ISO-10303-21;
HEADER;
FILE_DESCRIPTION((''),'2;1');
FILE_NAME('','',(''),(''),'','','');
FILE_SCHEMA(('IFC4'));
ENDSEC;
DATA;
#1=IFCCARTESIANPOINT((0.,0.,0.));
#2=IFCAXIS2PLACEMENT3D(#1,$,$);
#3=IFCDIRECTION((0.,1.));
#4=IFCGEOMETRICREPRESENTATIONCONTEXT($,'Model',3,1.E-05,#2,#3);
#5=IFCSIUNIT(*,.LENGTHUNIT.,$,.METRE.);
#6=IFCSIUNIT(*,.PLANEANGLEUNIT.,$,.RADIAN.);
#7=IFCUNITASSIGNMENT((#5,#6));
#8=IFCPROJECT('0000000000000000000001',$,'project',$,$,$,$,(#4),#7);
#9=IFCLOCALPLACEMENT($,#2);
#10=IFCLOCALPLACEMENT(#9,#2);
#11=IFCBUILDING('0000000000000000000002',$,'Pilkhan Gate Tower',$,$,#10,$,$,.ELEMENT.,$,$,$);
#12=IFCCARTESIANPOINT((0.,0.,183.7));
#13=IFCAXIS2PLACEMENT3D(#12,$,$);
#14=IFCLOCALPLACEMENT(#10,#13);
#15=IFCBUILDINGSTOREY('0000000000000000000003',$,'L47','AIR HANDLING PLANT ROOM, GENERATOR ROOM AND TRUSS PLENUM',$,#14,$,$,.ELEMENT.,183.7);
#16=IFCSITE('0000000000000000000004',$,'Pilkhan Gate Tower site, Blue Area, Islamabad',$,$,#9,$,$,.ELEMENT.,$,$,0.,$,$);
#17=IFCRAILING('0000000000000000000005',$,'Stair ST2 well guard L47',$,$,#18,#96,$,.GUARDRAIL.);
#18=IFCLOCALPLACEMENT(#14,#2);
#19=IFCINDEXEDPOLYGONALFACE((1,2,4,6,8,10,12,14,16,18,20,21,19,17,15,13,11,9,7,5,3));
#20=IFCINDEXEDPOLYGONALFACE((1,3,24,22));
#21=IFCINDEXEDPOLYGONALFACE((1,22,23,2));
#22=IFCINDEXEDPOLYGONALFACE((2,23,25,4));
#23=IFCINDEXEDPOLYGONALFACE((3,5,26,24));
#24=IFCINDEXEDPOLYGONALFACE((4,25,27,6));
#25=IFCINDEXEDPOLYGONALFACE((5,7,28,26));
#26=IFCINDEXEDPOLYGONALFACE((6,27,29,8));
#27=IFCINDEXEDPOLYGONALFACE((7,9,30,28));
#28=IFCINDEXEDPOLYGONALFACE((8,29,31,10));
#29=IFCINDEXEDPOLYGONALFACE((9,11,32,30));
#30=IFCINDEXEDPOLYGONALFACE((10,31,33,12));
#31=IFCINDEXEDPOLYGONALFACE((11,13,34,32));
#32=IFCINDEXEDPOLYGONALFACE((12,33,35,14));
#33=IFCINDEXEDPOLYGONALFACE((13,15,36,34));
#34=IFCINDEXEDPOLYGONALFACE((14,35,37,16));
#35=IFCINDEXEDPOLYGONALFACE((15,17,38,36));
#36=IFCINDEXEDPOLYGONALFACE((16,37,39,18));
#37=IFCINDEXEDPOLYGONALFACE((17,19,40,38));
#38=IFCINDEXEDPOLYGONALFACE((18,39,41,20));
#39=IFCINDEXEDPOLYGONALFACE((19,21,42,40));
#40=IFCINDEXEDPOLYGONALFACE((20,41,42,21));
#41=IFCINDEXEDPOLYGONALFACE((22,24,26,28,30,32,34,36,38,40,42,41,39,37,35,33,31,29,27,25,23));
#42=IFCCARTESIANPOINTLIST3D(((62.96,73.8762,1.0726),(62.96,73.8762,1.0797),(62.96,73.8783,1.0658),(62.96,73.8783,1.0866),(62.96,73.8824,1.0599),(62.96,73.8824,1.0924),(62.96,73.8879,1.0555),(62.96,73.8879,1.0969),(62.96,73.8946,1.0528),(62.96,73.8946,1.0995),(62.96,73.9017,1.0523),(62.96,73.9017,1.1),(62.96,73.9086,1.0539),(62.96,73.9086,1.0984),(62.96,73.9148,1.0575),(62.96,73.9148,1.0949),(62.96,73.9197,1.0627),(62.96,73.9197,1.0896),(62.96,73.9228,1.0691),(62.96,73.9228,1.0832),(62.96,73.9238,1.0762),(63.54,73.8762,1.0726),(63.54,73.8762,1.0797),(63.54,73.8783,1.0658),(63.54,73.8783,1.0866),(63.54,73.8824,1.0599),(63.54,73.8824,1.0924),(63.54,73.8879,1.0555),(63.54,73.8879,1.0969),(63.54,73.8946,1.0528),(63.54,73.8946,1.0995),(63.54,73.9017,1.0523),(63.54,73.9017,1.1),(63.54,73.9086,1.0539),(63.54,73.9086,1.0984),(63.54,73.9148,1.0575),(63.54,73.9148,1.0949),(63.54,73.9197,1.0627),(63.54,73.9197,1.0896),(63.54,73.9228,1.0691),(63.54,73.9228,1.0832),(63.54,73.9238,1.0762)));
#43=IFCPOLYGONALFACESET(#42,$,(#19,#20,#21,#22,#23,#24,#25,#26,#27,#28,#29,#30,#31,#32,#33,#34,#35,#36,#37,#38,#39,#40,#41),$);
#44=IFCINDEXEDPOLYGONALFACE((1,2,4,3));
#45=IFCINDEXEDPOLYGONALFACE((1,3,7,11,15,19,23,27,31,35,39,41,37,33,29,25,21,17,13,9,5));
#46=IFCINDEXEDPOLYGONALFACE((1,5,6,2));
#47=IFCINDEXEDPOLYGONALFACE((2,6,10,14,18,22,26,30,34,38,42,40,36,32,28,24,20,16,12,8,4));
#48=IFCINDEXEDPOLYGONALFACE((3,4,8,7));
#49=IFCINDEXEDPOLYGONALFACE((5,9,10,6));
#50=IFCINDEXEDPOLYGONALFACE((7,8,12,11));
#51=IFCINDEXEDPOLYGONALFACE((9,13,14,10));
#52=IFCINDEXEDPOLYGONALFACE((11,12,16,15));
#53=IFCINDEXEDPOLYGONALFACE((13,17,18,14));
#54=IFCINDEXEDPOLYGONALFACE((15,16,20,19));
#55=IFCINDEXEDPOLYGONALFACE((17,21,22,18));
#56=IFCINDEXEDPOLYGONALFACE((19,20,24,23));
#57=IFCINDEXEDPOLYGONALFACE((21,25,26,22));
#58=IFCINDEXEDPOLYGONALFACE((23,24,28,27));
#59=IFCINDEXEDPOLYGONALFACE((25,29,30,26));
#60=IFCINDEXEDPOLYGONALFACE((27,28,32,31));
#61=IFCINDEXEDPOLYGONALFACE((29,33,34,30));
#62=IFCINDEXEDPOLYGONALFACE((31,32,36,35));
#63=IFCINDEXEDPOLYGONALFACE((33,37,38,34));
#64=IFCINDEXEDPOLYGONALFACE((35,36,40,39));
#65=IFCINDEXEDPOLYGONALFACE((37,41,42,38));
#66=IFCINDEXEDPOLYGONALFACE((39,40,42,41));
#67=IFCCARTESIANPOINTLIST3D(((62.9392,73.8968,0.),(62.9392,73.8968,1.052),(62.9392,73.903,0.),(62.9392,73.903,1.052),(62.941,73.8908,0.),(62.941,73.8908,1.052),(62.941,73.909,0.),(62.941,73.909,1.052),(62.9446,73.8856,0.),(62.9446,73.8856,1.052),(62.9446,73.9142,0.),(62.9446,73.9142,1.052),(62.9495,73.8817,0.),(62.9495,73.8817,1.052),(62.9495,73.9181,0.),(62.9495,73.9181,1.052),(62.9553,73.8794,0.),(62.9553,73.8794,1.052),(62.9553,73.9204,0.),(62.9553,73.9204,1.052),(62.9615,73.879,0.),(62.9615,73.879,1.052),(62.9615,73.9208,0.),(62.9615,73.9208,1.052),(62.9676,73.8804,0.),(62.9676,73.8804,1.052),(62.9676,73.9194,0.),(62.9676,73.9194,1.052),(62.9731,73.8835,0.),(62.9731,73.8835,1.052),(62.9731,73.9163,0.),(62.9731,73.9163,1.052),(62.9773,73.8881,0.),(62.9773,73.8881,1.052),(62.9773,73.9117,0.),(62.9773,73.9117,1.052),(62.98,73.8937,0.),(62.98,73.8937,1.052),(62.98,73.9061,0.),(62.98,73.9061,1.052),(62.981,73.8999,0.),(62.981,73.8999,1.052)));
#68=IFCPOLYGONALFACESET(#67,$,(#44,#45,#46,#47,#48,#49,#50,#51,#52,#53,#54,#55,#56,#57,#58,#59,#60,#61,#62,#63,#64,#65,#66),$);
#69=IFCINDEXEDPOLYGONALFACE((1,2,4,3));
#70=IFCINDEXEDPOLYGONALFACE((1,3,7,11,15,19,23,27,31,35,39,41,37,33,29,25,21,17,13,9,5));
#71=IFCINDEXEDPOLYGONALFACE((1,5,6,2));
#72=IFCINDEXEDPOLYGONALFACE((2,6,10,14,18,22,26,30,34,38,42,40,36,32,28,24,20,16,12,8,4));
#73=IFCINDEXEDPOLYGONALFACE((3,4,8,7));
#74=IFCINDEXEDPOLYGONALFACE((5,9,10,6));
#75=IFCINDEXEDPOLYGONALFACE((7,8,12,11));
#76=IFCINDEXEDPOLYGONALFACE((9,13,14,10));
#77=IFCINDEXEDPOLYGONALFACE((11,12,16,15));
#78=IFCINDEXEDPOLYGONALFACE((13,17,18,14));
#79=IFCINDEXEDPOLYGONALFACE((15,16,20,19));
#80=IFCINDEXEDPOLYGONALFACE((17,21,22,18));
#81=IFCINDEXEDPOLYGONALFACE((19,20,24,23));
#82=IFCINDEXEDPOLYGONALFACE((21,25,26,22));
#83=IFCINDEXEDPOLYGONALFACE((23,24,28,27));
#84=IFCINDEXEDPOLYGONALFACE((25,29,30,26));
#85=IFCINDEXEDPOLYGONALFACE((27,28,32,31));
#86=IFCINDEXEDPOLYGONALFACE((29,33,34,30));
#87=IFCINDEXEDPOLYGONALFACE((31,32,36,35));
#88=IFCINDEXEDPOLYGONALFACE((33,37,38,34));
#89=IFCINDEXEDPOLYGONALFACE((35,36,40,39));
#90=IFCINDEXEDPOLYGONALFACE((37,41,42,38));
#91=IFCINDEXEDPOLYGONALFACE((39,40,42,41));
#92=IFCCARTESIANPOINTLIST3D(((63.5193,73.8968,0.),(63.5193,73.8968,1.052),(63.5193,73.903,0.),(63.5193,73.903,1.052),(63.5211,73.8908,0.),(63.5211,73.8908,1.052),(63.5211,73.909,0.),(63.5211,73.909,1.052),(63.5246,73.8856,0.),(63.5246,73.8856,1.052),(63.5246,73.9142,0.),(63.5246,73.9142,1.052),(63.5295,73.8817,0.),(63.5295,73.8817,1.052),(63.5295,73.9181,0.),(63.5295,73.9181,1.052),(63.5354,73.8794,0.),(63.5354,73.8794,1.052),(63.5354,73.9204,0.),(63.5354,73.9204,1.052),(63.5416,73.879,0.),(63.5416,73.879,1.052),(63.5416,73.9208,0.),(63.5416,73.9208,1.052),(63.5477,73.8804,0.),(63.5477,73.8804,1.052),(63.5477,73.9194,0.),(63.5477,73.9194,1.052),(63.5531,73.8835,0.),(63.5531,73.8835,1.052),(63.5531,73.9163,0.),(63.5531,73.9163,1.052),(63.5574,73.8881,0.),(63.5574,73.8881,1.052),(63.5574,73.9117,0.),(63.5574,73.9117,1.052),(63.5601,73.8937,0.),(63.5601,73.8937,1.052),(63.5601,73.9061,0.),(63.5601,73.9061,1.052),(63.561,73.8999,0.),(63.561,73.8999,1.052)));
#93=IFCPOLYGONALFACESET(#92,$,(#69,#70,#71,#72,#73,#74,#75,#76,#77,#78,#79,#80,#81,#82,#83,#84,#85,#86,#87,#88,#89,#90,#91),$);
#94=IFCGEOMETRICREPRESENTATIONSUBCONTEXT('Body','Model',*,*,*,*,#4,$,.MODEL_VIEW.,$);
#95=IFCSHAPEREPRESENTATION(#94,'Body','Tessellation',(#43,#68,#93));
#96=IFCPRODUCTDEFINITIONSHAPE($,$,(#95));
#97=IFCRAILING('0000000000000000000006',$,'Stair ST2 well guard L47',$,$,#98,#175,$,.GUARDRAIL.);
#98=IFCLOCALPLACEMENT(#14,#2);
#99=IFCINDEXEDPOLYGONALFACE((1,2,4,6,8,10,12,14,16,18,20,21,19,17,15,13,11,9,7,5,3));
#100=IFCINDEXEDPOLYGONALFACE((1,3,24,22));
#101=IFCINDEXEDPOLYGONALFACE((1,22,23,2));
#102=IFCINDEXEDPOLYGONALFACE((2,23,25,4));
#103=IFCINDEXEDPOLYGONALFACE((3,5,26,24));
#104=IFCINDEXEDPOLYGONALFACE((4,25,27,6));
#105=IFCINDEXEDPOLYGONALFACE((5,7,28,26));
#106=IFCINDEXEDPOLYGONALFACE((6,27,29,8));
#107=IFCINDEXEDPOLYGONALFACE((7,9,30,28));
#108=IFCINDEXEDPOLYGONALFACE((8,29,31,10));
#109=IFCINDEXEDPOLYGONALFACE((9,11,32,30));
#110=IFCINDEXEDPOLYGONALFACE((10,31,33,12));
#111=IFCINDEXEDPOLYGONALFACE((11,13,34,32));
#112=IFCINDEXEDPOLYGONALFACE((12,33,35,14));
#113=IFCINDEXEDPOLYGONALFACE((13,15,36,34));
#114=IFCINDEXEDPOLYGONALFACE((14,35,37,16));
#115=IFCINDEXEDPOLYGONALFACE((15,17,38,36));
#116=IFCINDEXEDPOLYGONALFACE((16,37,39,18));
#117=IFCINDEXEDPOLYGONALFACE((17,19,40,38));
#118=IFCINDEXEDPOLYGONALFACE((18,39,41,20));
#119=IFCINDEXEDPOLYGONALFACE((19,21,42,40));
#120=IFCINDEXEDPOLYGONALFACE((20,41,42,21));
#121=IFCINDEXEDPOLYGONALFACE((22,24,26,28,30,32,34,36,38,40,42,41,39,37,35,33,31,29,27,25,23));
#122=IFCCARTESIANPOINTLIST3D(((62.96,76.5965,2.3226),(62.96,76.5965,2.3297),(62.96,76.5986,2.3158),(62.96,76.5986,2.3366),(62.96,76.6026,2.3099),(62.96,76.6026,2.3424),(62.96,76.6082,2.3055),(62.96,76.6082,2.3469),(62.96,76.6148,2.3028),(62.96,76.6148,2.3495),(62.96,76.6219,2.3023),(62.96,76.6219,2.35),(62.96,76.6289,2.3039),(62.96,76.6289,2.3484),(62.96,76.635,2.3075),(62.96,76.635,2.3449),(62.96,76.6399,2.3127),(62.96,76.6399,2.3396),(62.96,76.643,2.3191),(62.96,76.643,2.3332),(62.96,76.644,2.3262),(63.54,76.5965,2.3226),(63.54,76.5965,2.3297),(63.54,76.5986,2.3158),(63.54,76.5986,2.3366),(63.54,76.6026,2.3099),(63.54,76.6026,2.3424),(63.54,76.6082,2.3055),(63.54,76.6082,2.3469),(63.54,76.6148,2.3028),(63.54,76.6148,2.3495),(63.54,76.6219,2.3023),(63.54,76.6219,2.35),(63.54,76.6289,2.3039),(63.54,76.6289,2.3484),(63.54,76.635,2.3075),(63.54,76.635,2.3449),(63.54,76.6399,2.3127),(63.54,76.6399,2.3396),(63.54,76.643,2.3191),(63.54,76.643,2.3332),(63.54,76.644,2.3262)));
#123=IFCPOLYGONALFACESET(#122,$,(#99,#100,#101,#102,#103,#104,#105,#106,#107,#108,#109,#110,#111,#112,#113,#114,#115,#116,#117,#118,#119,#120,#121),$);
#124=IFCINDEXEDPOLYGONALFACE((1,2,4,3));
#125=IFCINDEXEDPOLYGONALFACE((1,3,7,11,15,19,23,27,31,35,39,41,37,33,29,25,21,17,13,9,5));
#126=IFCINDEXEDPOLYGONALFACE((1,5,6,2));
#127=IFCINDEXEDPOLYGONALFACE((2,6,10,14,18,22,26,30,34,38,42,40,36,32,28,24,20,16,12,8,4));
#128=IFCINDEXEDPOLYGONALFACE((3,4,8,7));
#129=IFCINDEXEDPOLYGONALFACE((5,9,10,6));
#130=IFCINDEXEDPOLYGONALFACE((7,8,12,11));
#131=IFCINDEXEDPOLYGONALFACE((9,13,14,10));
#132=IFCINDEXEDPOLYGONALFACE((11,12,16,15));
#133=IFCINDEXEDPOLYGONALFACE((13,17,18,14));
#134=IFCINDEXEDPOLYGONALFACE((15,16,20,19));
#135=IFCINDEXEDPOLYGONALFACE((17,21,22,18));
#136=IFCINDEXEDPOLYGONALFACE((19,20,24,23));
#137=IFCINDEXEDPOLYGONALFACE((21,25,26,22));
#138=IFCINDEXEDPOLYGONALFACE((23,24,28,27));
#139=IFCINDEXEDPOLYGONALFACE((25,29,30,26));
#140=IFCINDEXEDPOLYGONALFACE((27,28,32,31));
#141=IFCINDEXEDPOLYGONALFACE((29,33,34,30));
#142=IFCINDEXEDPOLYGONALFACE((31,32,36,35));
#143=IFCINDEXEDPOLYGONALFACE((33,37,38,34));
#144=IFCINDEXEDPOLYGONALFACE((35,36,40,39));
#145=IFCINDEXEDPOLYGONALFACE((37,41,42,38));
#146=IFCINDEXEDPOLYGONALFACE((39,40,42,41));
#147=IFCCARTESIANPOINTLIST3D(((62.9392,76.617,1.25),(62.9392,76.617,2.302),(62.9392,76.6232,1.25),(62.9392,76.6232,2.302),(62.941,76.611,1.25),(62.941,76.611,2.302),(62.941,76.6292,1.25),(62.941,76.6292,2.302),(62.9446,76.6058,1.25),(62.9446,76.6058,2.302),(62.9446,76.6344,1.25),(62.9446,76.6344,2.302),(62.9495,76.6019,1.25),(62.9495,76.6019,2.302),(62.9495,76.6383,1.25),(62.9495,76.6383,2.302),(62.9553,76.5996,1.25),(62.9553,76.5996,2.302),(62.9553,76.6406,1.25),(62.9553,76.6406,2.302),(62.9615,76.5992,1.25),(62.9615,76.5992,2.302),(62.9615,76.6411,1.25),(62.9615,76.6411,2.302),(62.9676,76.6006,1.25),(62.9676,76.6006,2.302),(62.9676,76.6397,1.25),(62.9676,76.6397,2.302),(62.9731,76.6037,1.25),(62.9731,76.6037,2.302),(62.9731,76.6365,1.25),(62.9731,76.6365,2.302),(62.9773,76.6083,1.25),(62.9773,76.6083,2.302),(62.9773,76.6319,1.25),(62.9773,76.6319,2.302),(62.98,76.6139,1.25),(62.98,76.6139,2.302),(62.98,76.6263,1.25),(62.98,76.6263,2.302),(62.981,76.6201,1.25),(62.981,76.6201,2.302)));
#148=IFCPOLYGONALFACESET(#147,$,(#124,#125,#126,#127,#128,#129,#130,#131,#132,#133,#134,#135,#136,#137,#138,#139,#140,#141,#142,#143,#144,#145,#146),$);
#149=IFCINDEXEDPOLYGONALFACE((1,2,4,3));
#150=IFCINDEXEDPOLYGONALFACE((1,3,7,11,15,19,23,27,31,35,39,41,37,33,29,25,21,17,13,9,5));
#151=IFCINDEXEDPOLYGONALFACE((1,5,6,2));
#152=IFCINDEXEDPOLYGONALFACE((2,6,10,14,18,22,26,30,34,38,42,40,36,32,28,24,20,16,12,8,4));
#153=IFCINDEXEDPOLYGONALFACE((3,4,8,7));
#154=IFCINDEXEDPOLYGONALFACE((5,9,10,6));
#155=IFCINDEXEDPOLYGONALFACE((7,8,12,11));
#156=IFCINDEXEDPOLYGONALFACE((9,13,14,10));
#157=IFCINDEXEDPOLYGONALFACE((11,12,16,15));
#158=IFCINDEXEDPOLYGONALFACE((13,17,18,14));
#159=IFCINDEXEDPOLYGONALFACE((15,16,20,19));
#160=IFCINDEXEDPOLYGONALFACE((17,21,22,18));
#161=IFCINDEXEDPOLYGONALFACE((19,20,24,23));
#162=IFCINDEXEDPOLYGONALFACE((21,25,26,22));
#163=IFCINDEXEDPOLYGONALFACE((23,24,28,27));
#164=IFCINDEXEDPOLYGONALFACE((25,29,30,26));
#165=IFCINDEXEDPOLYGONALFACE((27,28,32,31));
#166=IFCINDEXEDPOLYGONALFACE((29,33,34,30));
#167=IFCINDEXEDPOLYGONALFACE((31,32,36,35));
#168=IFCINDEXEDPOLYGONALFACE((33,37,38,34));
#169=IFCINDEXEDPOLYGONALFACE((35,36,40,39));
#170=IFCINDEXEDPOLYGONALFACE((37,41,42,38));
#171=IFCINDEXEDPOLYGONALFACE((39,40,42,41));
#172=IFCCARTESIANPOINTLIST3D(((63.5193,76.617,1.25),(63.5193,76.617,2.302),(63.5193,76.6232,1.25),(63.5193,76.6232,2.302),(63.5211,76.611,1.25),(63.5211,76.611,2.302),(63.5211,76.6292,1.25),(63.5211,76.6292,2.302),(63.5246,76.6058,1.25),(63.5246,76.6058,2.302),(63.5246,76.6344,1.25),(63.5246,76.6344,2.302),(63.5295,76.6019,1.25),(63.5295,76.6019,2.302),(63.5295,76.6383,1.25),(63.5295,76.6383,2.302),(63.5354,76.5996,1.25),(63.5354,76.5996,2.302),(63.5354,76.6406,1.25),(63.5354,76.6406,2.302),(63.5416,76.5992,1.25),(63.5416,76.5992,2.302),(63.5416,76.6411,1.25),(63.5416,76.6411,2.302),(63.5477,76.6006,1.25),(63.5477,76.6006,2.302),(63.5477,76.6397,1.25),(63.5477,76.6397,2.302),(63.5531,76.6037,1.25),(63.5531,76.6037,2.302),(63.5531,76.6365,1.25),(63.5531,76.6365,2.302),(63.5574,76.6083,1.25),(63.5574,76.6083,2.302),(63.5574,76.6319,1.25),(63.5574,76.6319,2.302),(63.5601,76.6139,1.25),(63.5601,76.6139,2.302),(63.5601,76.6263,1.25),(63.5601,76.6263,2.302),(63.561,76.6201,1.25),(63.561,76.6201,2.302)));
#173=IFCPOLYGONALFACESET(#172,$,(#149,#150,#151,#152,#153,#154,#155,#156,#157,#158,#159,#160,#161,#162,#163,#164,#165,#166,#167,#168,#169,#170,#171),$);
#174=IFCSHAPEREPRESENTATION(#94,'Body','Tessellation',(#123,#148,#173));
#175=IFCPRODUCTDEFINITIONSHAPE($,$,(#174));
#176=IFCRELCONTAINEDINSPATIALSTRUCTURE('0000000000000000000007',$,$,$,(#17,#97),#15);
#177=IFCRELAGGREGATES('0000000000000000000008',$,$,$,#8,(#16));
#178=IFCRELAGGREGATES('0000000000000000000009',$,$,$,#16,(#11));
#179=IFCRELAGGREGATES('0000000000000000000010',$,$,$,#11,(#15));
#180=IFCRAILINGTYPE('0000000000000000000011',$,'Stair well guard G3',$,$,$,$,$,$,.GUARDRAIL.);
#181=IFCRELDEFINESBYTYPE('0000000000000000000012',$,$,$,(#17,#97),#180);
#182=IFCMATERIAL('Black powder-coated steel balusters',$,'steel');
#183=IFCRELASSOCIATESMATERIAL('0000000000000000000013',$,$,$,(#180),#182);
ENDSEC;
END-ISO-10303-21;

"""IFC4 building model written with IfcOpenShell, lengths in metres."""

from ifc_helpers import new_model, si_unit, direction, frame, origin, origin_2d, place, context, subcontext, project, spatial, circle, extrude, material, type_object, element, save


model = new_model("IFC4")

# Units and contexts
model_context = context("Model", 3, precision=1e-05, world=origin(), true_north=direction((0.0, 1.0)))
body_context = subcontext(model_context, "Body", "Model", "MODEL_VIEW")
ifc_project = project(units=[si_unit("LENGTHUNIT", "METRE"), si_unit("PLANEANGLEUNIT", "RADIAN")], contexts=[model_context])

# Site, building, storey
site_placement = place(None, origin())
site = spatial("IfcSite", under=ifc_project, at=site_placement, Name="Pilkhan Gate Tower site, Blue Area, Islamabad", CompositionType="ELEMENT", RefElevation=0.0)
building_placement = place(site_placement, origin())
building = spatial("IfcBuilding", under=site, at=building_placement, Name="Pilkhan Gate Tower", CompositionType="ELEMENT")
storey_placement = place(building_placement, frame((0.0, 0.0, 183.7)))
storey = spatial("IfcBuildingStorey", under=building, at=storey_placement, Name="L47", Description="AIR HANDLING PLANT ROOM, GENERATOR ROOM AND TRUSS PLENUM", CompositionType="ELEMENT", Elevation=183.7)

# Railings
ifc_material_1 = material(Name="Black powder-coated steel balusters", Category="steel")
railing_type_1 = type_object("IfcRailingType", Name="Stair well guard G3", PredefinedType="GUARDRAIL", material=ifc_material_1)
for number, where, name in (
    (1, (62.96, 73.8999, 0.0), "Stair ST2 well guard L47"),
    (2, (62.96, 76.6201, 1.25), "Stair ST2 well guard L47"),
):
    element("IfcRailing", number, at=place(storey_placement, frame(where)), inside=storey, type_object=railing_type_1, Name=name, PredefinedType="GUARDRAIL", context=body_context, shape_type="SweptSolid", body=[
        extrude(circle(Radius=0.0239, at=origin_2d()), frame((0.0, 0.0, 1.0762), z_axis=(1.0, 0.0, 0.0), x_axis=(0.0, 1.0, 0.0)), (0.0, 0.0, 1.0), 0.5801),
        extrude(circle(Radius=0.021, at=origin_2d()), origin(), (0.0, 0.0, 1.0), 1.052),
        extrude(circle(Radius=0.021, at=origin_2d()), frame((0.5801, 0.0, 0.0)), (0.0, 0.0, 1.0), 1.052),
    ])

save(model, "model.ifc")
